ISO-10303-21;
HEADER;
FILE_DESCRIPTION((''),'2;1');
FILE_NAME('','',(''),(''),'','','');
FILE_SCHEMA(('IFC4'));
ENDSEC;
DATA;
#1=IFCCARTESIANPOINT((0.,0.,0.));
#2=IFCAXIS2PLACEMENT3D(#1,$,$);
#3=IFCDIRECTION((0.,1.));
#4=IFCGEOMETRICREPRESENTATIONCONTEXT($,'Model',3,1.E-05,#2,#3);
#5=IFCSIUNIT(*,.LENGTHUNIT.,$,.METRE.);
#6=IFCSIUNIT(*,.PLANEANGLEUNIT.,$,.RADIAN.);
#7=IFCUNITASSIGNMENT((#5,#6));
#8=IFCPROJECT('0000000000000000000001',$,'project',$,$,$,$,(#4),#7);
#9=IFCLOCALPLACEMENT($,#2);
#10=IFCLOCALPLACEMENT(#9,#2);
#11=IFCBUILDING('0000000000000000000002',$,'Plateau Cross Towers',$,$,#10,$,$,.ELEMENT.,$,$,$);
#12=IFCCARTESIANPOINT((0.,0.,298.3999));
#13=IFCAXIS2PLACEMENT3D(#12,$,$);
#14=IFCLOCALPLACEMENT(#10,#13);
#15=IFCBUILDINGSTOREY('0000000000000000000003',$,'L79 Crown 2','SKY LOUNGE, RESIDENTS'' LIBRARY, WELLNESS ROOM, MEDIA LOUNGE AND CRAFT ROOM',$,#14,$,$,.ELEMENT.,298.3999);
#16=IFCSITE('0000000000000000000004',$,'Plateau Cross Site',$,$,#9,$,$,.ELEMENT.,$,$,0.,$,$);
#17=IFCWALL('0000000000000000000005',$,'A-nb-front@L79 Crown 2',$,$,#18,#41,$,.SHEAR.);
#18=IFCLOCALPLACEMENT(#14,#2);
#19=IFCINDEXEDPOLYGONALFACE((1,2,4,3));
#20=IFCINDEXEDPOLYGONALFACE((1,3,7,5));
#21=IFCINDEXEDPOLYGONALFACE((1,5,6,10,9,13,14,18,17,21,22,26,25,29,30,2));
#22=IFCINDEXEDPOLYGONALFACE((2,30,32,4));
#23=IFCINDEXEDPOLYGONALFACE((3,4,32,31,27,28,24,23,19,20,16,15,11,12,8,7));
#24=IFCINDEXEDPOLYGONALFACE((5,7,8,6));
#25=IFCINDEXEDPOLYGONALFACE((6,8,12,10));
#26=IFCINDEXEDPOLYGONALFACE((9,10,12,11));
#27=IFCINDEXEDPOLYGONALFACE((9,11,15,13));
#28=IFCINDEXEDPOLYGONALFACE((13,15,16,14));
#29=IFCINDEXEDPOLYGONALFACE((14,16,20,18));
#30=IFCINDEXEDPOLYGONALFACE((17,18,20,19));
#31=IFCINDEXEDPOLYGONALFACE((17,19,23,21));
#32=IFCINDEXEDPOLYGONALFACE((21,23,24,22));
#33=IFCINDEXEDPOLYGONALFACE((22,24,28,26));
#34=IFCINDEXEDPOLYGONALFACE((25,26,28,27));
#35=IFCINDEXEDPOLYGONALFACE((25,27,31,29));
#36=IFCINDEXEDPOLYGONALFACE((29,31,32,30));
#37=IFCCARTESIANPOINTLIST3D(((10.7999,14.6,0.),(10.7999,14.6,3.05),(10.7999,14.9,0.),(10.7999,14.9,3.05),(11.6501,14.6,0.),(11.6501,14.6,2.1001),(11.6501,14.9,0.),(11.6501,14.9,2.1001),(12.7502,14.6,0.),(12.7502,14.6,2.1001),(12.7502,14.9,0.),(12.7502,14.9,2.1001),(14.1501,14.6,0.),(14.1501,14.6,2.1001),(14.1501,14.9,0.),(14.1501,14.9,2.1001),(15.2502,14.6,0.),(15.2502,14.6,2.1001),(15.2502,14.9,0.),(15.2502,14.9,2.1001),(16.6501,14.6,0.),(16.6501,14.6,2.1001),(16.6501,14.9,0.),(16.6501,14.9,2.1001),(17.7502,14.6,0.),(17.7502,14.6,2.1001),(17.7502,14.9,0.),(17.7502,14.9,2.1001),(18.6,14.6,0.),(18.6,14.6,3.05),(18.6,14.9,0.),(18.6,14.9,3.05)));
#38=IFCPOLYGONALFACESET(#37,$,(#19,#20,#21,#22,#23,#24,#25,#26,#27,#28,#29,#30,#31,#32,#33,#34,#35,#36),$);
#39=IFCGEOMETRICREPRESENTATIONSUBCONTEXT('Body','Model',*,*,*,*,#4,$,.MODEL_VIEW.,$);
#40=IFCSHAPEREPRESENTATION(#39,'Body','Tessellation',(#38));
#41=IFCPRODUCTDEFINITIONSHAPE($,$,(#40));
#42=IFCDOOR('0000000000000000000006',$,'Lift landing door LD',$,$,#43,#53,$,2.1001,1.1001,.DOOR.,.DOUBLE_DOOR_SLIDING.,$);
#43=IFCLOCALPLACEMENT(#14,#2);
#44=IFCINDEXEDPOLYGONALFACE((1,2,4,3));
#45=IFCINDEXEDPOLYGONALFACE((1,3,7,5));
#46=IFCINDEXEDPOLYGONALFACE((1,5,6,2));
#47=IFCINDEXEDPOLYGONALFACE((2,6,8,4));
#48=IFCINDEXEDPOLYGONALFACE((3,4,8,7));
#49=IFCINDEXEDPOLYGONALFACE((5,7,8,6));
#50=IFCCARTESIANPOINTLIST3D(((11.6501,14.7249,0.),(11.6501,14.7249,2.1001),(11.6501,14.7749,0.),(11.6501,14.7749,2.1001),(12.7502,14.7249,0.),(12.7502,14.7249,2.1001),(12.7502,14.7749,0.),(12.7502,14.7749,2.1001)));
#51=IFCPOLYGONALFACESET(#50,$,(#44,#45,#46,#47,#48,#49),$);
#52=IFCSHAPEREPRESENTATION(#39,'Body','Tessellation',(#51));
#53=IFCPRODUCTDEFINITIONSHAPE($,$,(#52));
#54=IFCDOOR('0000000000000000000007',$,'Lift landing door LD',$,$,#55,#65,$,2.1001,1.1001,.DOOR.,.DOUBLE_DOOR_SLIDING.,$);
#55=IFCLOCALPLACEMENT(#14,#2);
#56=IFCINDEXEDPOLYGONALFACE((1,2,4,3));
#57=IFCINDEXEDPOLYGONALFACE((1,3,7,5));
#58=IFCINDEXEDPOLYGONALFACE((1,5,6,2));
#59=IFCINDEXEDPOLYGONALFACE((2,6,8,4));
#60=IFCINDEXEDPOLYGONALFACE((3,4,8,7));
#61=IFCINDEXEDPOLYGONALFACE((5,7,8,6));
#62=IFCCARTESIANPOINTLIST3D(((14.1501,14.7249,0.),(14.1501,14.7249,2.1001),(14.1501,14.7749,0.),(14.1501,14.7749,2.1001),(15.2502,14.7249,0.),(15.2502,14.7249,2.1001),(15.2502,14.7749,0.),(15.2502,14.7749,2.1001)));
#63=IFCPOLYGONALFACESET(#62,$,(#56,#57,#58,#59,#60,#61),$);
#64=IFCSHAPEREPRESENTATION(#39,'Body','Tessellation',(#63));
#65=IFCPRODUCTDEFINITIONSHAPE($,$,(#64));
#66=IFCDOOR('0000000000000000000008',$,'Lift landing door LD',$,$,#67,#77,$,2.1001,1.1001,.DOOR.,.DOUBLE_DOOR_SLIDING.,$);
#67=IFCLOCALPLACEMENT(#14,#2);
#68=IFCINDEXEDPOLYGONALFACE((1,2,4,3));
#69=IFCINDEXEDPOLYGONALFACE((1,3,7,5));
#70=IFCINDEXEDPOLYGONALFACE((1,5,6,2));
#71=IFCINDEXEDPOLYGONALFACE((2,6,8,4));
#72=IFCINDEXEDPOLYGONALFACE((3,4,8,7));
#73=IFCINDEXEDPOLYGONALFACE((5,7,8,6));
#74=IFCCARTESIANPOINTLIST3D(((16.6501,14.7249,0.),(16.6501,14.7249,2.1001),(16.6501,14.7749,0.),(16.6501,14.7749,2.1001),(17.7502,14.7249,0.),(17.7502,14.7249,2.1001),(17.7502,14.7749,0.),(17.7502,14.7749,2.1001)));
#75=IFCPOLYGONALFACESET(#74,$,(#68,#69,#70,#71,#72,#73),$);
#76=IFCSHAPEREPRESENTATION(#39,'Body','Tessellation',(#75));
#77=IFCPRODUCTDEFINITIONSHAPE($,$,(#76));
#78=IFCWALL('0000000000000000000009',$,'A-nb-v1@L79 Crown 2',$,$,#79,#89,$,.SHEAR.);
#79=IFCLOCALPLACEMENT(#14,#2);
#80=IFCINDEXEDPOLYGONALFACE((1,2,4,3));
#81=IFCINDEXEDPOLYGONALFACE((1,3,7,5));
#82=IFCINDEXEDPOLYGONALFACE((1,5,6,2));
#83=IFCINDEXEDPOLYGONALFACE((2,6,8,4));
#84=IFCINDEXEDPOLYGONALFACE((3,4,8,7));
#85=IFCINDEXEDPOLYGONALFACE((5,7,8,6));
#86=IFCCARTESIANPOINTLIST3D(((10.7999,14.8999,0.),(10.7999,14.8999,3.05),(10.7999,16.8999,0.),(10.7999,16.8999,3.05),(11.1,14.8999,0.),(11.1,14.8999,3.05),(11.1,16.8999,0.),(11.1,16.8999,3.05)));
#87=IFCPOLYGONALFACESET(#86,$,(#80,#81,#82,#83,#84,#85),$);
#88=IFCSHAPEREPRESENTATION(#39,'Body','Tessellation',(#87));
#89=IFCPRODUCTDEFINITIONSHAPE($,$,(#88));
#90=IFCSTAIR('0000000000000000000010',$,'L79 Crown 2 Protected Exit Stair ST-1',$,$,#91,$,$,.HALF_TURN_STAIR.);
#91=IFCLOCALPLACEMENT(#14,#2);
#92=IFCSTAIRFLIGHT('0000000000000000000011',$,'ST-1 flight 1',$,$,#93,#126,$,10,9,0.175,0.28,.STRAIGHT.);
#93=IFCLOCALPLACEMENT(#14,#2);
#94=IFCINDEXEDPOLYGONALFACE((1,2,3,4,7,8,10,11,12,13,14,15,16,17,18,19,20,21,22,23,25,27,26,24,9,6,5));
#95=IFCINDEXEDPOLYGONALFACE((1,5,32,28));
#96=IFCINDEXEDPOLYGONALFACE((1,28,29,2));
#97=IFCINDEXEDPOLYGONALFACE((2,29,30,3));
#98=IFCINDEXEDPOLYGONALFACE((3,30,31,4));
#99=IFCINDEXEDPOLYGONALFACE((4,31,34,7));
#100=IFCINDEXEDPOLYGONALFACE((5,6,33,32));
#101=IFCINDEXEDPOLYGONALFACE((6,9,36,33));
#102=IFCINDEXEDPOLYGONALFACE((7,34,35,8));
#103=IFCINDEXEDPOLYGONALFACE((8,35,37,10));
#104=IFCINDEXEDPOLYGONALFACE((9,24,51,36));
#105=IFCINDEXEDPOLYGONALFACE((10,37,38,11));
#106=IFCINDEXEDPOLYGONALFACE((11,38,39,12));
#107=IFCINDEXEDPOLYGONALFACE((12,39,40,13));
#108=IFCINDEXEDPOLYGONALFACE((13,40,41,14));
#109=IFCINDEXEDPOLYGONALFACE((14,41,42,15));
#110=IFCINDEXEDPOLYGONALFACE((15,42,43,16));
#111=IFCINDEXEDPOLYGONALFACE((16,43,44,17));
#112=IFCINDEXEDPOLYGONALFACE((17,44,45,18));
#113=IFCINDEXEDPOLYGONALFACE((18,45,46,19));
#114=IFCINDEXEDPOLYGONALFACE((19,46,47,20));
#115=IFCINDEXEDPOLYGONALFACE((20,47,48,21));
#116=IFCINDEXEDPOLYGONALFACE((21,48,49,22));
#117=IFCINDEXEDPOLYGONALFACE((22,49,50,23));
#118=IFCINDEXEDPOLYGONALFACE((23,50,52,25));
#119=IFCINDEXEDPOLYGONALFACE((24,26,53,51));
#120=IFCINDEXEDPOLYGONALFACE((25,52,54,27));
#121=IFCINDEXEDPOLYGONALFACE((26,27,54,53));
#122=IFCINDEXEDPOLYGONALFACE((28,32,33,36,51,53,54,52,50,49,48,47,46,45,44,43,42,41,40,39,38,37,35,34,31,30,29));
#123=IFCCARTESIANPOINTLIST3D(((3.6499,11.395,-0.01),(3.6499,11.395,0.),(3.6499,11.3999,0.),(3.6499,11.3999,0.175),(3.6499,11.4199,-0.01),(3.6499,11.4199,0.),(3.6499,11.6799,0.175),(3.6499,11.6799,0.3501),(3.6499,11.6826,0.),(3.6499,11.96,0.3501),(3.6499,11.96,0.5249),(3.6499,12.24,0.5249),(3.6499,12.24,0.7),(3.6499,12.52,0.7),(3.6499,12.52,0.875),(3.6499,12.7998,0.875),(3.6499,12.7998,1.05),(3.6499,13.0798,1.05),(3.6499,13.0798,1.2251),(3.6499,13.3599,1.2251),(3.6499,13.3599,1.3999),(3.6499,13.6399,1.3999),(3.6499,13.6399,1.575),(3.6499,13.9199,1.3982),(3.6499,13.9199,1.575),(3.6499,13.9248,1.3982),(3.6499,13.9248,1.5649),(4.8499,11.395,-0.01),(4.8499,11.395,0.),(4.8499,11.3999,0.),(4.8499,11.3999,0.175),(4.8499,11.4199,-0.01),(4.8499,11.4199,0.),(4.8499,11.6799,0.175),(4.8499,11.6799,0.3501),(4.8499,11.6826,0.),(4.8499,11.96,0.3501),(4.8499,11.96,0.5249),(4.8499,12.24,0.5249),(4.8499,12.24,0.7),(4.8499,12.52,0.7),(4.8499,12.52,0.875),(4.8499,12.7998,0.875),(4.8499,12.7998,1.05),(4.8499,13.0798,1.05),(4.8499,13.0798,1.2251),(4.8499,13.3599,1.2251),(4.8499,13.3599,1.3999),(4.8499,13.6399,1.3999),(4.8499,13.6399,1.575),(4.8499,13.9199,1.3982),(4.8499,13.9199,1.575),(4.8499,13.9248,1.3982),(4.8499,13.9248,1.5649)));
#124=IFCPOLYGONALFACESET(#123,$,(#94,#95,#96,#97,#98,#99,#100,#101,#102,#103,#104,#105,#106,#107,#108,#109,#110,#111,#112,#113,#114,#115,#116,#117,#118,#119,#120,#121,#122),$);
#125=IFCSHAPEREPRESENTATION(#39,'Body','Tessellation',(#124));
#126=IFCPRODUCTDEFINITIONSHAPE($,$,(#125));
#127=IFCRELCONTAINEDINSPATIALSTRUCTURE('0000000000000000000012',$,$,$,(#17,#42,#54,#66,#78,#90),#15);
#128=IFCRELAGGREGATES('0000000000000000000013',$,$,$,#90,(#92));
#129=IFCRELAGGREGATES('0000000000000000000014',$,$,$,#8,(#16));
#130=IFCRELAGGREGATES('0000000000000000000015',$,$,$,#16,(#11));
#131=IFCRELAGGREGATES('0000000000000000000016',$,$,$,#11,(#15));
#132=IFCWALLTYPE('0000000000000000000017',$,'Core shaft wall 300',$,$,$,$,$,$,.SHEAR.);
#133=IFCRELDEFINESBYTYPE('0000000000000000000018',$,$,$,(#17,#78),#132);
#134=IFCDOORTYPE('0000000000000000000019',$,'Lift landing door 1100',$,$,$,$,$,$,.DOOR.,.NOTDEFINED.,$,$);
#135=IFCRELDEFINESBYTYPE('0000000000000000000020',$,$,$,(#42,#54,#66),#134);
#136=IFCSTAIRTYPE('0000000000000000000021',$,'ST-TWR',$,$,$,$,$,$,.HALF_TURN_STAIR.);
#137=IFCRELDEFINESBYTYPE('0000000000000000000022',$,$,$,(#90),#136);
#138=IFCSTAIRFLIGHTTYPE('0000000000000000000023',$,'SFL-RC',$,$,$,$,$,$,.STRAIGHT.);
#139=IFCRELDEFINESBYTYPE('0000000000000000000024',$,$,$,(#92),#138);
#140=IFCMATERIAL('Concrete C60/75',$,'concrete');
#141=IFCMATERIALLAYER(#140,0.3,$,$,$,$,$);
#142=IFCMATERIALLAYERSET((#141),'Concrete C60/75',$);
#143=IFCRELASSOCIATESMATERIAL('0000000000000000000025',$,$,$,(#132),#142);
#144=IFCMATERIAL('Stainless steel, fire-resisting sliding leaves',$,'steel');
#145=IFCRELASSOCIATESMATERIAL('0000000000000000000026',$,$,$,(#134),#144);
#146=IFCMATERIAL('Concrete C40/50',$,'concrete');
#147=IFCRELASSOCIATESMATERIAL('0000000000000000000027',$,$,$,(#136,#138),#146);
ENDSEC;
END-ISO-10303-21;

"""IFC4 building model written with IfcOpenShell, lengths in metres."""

from ifc_helpers import new_model, si_unit, direction, frame, frame_2d, origin, place, context, subcontext, project, spatial, polyline, rectangle, outline, extrude, material, layer, layer_set, type_object, element, fill, aggregate, save


model = new_model("IFC4")

# Units and contexts
model_context = context("Model", 3, precision=1e-05, world=origin(), true_north=direction((0.0, 1.0)))
body_context = subcontext(model_context, "Body", "Model", "MODEL_VIEW")
ifc_project = project(units=[si_unit("LENGTHUNIT", "METRE"), si_unit("PLANEANGLEUNIT", "RADIAN")], contexts=[model_context])

# Site, building, storey
site_placement = place(None, origin())
site = spatial("IfcSite", under=ifc_project, at=site_placement, Name="Plateau Cross Site", CompositionType="ELEMENT", RefElevation=0.0)
building_placement = place(site_placement, origin())
building = spatial("IfcBuilding", under=site, at=building_placement, Name="Plateau Cross Towers", CompositionType="ELEMENT")
storey_placement = place(building_placement, frame((0.0, 0.0, 298.3999)))
storey = spatial("IfcBuildingStorey", under=building, at=storey_placement, Name="L79 Crown 2", Description="SKY LOUNGE, RESIDENTS' LIBRARY, WELLNESS ROOM, MEDIA LOUNGE AND CRAFT ROOM", CompositionType="ELEMENT", Elevation=298.3999)

# Shared definitions
ifc_material_1 = material(Name="Concrete C60/75", Category="concrete")
ifc_layer_1 = layer(ifc_material_1, 0.3)
ifc_layer_set_1 = layer_set([ifc_layer_1], Name="Concrete C60/75")
wall_type_1 = type_object("IfcWallType", Name="Core shaft wall 300", PredefinedType="SHEAR", material=ifc_layer_set_1)

# Wall, openings, doors
wall_1_placement = place(storey_placement, frame((10.8, 14.75, 0.0), z_axis=(0.0, 0.0, 1.0), x_axis=(1.0, 0.0, 0.0)))
wall_1 = element("IfcWall", 1, at=wall_1_placement, inside=storey, type_object=wall_type_1, Name="A-nb-front@L79 Crown 2", PredefinedType="SHEAR", context=body_context, shape_type="SweptSolid", body=[
    extrude(rectangle(XDim=7.8, YDim=0.3, at=frame_2d((3.8999, 0.0))), origin(), (0.0, 0.0, 1.0), 3.05),
])
opening_1_placement = place(wall_1_placement, frame((0.8501, 0.0, 0.0)))
opening_1 = element("IfcOpeningElement", 2, at=opening_1_placement, cuts=wall_1, PredefinedType="OPENING", context=body_context, shape_type="SweptSolid", body=[
    extrude(rectangle(XDim=1.1001, YDim=2.1001, at=frame_2d((0.55, 1.05))), frame((0.0, 0.1599, 0.0), z_axis=(0.0, -1.0, 0.0), x_axis=(1.0, 0.0, 0.0)), (0.0, 0.0, 1.0), 0.3201),
])
opening_2_placement = place(wall_1_placement, frame((3.3501, 0.0, 0.0)))
opening_2 = element("IfcOpeningElement", 3, at=opening_2_placement, cuts=wall_1, PredefinedType="OPENING", context=body_context, shape_type="SweptSolid", body=[
    extrude(rectangle(XDim=1.1001, YDim=2.1001, at=frame_2d((0.55, 1.05))), frame((0.0, 0.1599, 0.0), z_axis=(0.0, -1.0, 0.0), x_axis=(1.0, 0.0, 0.0)), (0.0, 0.0, 1.0), 0.3201),
])
opening_3_placement = place(wall_1_placement, frame((5.8501, 0.0, 0.0)))
opening_3 = element("IfcOpeningElement", 4, at=opening_3_placement, cuts=wall_1, PredefinedType="OPENING", context=body_context, shape_type="SweptSolid", body=[
    extrude(rectangle(XDim=1.1001, YDim=2.1001, at=frame_2d((0.55, 1.05))), frame((0.0, 0.1599, 0.0), z_axis=(0.0, -1.0, 0.0), x_axis=(1.0, 0.0, 0.0)), (0.0, 0.0, 1.0), 0.3201),
])
ifc_material_2 = material(Name="Stainless steel, fire-resisting sliding leaves", Category="steel")
door_type_1 = type_object("IfcDoorType", Name="Lift landing door 1100", OperationType="NOTDEFINED", PredefinedType="DOOR", material=ifc_material_2)
door_1_placement = place(opening_1_placement, origin())
door_1 = element("IfcDoor", 5, at=door_1_placement, inside=storey, type_object=door_type_1, Name="Lift landing door LD", OperationType="DOUBLE_DOOR_SLIDING", OverallHeight=2.1001, OverallWidth=1.1001, PredefinedType="DOOR", context=body_context, shape_type="SweptSolid", body=[
    extrude(rectangle(XDim=1.1001, YDim=2.1001, at=frame_2d((0.55, 1.05))), frame((0.0, 0.0249, 0.0), z_axis=(0.0, -1.0, 0.0), x_axis=(1.0, 0.0, 0.0)), (0.0, 0.0, 1.0), 0.05),
])
fill(opening_1, door_1)
door_2_placement = place(opening_2_placement, origin())
door_2 = element("IfcDoor", 6, at=door_2_placement, inside=storey, type_object=door_type_1, Name="Lift landing door LD", OperationType="DOUBLE_DOOR_SLIDING", OverallHeight=2.1001, OverallWidth=1.1001, PredefinedType="DOOR", context=body_context, shape_type="SweptSolid", body=[
    extrude(rectangle(XDim=1.1001, YDim=2.1001, at=frame_2d((0.55, 1.05))), frame((0.0, 0.0249, 0.0), z_axis=(0.0, -1.0, 0.0), x_axis=(1.0, 0.0, 0.0)), (0.0, 0.0, 1.0), 0.05),
])
fill(opening_2, door_2)
door_3_placement = place(opening_3_placement, origin())
door_3 = element("IfcDoor", 7, at=door_3_placement, inside=storey, type_object=door_type_1, Name="Lift landing door LD", OperationType="DOUBLE_DOOR_SLIDING", OverallHeight=2.1001, OverallWidth=1.1001, PredefinedType="DOOR", context=body_context, shape_type="SweptSolid", body=[
    extrude(rectangle(XDim=1.1001, YDim=2.1001, at=frame_2d((0.55, 1.05))), frame((0.0, 0.0249, 0.0), z_axis=(0.0, -1.0, 0.0), x_axis=(1.0, 0.0, 0.0)), (0.0, 0.0, 1.0), 0.05),
])
fill(opening_3, door_3)

# Wall
wall_2_placement = place(storey_placement, frame((10.95, 14.8999, 0.0), z_axis=(0.0, 0.0, 1.0), x_axis=(0.0, 1.0, 0.0)))
element("IfcWall", 8, at=wall_2_placement, inside=storey, type_object=wall_type_1, Name="A-nb-v1@L79 Crown 2", PredefinedType="SHEAR", context=body_context, shape_type="SweptSolid", body=[
    extrude(rectangle(XDim=2.0, YDim=0.3, at=frame_2d((1.0, 0.0))), origin(), (0.0, 0.0, 1.0), 3.05),
])

# Stair, stair flight
ifc_material_3 = material(Name="Concrete C40/50", Category="concrete")
stair_type = type_object("IfcStairType", Name="ST-TWR", PredefinedType="HALF_TURN_STAIR", material=ifc_material_3)
stair_placement = place(storey_placement, origin())
stair = element("IfcStair", 9, at=stair_placement, inside=storey, type_object=stair_type, Name="L79 Crown 2 Protected Exit Stair ST-1", PredefinedType="HALF_TURN_STAIR")
stair_flight_type = type_object("IfcStairFlightType", Name="SFL-RC", PredefinedType="STRAIGHT", material=ifc_material_3)
stair_flight_placement = place(storey_placement, frame((4.25, 11.3999, 0.0), z_axis=(0.0, 0.0, 1.0), x_axis=(0.0, 1.0, 0.0)))
stair_flight = element("IfcStairFlight", 10, at=stair_flight_placement, type_object=stair_flight_type, Name="ST-1 flight 1", NumberOfRisers=10, NumberOfTreads=9, PredefinedType="STRAIGHT", RiserHeight=0.175, TreadLength=0.28, context=body_context, shape_type="SweptSolid", body=[
    extrude(outline(polyline([(-0.0049, -0.01), (-0.0049, 0.0), (0.0, 0.0), (0.0, 0.175), (0.28, 0.175), (0.28, 0.3501), (0.5601, 0.3501), (0.5601, 0.5249), (0.8401, 0.5249), (0.8401, 0.7), (1.1201, 0.7), (1.1201, 0.875), (1.3999, 0.875), (1.3999, 1.05), (1.6799, 1.05), (1.6799, 1.2251), (1.96, 1.2251), (1.96, 1.3999), (2.24, 1.3999), (2.24, 1.575), (2.52, 1.575), (2.5249, 1.5649), (2.5249, 1.3982), (2.52, 1.3982), (0.2827, 0.0), (0.02, 0.0), (0.02, -0.01), (-0.0049, -0.01)])), frame((0.0, 0.6001, 0.0), z_axis=(0.0, -1.0, 0.0), x_axis=(1.0, 0.0, 0.0)), (0.0, 0.0, 1.0), 1.2),
])
aggregate(stair, [stair_flight])

save(model, "model.ifc")
